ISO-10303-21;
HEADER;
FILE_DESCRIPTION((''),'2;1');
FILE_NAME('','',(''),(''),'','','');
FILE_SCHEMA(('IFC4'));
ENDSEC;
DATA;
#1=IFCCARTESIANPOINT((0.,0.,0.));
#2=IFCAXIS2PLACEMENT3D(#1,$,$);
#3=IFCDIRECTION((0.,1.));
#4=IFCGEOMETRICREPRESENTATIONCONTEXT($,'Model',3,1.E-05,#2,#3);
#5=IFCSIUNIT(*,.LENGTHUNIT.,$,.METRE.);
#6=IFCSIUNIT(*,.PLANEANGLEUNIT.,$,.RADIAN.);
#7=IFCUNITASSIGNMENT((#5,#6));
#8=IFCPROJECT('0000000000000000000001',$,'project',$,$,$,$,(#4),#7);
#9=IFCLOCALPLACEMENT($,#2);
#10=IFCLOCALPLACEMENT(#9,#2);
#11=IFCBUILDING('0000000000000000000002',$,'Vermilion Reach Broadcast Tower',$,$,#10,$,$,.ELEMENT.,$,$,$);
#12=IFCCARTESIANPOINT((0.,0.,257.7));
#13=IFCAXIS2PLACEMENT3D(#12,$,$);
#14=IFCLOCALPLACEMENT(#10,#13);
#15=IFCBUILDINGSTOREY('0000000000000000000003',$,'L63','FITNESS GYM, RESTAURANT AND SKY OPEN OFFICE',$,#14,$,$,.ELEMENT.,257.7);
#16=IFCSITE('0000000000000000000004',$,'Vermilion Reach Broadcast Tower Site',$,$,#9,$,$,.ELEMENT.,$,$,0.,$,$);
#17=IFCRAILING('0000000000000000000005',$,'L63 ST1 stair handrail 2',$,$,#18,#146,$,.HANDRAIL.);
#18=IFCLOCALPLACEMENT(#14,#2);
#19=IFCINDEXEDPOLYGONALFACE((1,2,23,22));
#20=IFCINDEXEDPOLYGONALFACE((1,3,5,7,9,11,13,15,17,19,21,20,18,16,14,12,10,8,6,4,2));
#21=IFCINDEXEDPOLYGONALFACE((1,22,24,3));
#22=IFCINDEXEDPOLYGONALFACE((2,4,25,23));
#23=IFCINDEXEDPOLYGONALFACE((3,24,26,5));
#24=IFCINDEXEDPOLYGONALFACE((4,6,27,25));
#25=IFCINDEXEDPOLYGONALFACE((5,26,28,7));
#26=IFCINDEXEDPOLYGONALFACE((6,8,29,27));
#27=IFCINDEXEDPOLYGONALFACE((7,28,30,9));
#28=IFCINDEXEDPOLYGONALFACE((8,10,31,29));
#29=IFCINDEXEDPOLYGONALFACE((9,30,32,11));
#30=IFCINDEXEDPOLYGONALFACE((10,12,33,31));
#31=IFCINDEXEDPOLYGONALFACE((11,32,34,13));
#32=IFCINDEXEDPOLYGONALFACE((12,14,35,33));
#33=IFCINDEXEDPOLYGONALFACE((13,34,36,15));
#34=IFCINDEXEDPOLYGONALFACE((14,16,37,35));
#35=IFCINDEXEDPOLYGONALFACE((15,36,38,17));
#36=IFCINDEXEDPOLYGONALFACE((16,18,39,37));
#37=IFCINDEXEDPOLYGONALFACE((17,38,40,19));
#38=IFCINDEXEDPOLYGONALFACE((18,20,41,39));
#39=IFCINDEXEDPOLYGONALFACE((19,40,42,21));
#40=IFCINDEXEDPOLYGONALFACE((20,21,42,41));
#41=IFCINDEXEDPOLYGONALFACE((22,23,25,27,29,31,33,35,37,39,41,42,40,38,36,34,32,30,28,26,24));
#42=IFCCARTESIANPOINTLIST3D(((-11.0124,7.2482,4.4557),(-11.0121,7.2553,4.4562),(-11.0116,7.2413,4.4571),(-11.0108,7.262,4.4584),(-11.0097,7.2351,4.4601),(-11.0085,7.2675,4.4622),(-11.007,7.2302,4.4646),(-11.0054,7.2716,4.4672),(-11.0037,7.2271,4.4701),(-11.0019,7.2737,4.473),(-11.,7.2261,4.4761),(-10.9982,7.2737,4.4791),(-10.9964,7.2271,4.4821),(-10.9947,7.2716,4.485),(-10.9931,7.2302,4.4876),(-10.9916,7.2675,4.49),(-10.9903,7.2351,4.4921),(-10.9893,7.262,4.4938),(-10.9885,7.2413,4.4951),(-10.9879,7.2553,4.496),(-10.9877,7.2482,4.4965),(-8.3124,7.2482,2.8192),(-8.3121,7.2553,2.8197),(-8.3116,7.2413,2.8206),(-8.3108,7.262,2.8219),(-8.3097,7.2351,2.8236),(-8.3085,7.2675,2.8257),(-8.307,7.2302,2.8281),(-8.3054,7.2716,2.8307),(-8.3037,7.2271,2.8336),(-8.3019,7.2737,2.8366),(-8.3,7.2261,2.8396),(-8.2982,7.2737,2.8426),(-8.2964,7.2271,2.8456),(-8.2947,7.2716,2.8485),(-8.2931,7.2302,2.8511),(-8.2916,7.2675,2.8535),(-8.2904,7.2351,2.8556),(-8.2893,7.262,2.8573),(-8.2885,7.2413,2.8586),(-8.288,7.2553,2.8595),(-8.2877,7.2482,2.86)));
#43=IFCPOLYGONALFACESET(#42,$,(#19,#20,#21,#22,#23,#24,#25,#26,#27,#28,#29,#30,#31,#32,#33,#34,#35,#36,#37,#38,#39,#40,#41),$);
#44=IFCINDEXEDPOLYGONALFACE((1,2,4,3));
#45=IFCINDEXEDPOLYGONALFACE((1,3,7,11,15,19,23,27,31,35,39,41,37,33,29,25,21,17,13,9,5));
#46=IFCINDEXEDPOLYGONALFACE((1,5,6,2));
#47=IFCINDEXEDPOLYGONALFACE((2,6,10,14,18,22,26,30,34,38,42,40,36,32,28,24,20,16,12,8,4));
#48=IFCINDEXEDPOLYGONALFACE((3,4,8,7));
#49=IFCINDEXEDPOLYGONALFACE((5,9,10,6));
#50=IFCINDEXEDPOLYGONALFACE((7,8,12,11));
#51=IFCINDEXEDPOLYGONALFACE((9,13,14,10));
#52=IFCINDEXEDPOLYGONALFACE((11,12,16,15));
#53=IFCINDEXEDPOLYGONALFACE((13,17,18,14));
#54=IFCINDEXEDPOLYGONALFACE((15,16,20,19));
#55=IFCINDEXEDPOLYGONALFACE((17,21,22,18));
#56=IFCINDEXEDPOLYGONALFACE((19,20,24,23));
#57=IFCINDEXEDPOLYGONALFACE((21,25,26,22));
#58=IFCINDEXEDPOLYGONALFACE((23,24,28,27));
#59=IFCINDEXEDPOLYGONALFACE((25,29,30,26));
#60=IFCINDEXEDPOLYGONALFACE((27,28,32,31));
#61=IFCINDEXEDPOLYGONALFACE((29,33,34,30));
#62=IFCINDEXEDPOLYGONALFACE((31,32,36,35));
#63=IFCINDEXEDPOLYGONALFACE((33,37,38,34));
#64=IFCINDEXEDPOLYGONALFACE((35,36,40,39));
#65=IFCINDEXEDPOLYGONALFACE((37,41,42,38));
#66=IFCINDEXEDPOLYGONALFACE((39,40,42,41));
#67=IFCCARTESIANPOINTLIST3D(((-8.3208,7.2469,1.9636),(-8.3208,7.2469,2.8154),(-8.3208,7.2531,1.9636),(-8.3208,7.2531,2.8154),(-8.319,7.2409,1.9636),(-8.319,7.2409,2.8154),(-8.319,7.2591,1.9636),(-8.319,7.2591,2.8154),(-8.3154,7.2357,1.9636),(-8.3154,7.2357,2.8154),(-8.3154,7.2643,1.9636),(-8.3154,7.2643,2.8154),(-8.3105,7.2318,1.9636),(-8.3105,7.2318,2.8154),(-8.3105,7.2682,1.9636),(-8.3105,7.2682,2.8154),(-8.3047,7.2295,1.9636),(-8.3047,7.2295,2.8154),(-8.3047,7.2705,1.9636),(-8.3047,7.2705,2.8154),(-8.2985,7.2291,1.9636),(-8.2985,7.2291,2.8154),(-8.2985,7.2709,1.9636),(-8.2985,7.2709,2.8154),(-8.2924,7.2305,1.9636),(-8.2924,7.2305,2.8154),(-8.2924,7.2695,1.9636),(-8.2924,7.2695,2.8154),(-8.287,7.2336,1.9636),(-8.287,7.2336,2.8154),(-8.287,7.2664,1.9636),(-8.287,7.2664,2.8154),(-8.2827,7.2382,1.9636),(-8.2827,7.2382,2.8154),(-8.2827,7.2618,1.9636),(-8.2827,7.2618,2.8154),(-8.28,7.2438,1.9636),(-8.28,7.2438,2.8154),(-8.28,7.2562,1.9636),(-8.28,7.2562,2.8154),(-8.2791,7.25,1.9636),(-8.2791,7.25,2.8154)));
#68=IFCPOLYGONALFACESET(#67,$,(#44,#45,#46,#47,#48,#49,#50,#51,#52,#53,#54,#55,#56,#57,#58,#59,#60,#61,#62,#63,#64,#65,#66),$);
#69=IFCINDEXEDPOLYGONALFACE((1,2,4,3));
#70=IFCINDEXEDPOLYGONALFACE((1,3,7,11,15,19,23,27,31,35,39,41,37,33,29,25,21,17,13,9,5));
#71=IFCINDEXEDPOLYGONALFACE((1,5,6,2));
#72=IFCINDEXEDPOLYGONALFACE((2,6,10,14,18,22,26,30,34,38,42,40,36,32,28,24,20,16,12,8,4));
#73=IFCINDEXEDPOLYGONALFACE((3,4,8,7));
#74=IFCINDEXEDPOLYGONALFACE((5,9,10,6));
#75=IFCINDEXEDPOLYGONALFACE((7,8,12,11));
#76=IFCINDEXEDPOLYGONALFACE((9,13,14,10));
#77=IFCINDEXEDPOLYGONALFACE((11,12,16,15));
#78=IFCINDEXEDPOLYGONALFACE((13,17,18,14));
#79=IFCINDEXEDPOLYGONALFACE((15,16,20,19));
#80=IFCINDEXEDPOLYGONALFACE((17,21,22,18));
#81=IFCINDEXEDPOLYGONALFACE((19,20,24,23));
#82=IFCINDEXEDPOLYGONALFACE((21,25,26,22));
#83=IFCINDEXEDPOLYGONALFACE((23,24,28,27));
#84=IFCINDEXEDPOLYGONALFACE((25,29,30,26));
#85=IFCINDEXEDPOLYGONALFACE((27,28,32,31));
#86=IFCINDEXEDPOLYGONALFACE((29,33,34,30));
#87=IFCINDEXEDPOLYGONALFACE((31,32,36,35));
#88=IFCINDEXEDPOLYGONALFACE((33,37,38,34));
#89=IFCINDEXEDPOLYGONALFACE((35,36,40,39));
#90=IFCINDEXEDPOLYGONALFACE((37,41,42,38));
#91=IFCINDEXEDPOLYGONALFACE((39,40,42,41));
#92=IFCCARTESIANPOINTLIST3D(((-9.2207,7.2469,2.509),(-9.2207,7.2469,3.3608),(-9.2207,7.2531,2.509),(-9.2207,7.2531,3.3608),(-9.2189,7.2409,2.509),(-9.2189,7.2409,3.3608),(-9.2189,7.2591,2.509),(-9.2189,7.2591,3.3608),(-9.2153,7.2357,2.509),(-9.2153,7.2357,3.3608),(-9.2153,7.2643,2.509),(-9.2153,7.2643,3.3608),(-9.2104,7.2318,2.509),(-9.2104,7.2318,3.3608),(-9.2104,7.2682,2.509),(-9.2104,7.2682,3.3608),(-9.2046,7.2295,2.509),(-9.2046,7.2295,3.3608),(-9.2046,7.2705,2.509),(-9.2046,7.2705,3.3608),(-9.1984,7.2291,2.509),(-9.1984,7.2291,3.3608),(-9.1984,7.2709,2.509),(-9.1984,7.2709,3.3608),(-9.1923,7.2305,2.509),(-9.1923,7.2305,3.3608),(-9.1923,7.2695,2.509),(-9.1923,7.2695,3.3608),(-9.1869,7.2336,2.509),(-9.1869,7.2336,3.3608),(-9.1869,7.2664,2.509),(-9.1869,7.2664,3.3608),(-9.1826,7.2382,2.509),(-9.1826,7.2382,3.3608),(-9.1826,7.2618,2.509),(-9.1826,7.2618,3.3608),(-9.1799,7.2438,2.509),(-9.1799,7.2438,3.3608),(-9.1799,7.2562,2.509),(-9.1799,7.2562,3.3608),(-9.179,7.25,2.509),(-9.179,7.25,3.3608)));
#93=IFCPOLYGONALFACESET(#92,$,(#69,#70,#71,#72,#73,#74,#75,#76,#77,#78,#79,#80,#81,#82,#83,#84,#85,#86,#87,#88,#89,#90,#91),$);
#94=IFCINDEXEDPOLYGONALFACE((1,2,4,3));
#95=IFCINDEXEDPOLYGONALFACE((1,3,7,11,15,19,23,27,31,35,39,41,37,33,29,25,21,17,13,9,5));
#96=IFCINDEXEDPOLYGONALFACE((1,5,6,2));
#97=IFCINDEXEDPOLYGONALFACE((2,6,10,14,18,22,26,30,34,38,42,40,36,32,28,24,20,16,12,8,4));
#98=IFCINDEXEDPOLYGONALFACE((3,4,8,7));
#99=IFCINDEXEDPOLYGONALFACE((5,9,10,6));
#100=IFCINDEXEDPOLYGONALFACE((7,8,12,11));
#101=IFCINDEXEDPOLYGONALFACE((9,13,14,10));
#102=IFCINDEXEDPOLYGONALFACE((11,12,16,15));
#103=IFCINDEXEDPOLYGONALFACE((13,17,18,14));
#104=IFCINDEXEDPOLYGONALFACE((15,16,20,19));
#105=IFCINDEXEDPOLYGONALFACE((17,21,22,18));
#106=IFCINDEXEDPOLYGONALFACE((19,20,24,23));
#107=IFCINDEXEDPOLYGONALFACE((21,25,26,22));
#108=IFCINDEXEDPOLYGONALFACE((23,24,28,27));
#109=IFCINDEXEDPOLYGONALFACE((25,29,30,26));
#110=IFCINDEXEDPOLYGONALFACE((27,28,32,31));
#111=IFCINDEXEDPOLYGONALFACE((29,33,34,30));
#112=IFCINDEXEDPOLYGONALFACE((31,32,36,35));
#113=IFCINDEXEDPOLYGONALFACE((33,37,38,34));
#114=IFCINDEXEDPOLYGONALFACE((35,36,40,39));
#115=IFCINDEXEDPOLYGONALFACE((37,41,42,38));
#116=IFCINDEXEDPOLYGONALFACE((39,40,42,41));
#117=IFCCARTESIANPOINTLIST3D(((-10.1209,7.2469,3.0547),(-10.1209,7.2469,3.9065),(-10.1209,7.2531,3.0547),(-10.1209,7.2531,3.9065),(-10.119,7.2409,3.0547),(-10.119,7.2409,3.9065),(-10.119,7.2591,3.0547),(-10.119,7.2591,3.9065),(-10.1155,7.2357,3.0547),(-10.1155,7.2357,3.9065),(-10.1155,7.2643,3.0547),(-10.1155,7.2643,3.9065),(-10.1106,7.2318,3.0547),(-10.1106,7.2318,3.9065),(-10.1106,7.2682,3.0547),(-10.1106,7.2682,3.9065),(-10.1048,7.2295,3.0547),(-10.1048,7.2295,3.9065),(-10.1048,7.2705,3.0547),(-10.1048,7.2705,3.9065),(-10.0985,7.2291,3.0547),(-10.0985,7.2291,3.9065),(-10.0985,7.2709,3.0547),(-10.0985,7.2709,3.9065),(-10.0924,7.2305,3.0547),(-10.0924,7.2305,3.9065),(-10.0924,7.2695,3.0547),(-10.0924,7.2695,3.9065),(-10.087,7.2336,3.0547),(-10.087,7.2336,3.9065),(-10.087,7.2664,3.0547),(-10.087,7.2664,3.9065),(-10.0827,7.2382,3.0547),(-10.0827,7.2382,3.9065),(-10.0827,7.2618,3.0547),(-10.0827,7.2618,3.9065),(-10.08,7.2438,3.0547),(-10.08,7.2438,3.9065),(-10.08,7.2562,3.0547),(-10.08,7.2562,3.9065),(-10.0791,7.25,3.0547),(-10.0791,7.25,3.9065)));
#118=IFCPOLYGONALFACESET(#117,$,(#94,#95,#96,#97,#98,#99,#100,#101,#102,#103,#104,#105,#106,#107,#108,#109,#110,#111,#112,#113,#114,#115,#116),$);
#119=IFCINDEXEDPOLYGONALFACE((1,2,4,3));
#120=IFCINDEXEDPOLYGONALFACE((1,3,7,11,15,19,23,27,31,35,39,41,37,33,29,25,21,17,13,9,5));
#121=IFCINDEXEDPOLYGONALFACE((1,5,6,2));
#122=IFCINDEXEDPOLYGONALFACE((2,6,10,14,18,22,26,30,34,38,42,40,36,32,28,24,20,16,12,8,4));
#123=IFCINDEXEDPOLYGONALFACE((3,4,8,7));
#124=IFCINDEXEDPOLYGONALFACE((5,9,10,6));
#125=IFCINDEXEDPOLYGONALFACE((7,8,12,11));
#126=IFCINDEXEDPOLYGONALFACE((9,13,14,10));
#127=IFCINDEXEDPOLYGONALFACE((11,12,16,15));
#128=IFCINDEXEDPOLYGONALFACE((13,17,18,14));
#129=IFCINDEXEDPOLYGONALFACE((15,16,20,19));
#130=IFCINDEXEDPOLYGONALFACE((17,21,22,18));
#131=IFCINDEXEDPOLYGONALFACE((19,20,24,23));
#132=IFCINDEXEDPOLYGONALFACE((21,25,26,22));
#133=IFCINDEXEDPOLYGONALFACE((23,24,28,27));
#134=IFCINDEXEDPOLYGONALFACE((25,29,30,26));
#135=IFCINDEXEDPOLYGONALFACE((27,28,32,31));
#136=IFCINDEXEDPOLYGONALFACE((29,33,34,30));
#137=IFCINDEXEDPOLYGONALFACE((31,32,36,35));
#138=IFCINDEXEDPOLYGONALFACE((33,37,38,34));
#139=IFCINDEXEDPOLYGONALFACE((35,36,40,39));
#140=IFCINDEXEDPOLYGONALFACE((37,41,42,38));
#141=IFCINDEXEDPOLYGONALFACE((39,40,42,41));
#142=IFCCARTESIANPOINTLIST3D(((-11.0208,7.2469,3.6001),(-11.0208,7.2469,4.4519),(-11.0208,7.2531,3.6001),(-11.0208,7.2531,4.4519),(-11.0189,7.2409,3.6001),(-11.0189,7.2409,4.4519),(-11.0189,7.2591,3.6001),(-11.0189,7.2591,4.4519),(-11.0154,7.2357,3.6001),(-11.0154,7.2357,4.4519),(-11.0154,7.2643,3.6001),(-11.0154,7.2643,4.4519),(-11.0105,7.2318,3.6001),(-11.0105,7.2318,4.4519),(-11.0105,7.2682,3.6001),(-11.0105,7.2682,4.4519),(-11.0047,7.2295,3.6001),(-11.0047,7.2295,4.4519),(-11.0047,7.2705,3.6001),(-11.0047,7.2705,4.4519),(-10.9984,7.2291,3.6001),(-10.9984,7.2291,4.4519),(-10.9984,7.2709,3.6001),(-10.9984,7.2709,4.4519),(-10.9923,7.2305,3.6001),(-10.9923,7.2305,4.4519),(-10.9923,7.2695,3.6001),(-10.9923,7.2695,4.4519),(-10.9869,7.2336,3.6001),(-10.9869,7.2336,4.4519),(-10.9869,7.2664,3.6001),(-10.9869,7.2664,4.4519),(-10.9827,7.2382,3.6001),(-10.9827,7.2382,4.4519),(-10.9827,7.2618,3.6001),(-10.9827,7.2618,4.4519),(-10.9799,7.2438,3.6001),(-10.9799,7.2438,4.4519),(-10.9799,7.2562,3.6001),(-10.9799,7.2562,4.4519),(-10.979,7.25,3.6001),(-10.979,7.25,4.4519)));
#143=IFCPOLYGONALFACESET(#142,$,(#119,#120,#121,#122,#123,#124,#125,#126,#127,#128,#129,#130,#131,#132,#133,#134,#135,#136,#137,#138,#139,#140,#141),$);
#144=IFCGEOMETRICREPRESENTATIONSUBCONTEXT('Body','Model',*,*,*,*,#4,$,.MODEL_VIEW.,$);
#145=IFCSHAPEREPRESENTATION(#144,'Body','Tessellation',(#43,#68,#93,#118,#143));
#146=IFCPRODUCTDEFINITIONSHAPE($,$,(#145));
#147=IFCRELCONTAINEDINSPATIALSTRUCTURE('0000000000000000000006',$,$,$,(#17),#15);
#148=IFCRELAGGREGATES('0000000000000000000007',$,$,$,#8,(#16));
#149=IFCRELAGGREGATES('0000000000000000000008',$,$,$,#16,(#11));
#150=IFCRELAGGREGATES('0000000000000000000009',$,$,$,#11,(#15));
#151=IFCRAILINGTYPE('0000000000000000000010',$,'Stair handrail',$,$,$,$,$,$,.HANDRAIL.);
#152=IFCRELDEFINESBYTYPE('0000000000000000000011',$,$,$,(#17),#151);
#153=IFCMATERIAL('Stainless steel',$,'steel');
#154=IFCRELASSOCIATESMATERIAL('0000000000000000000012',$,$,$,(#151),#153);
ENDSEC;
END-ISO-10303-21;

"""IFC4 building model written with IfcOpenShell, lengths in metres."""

from ifc_helpers import new_model, si_unit, direction, frame, origin, origin_2d, place, context, subcontext, project, spatial, circle, extrude, material, type_object, element, save


model = new_model("IFC4")

# Units and contexts
model_context = context("Model", 3, precision=1e-05, world=origin(), true_north=direction((0.0, 1.0)))
body_context = subcontext(model_context, "Body", "Model", "MODEL_VIEW")
ifc_project = project(units=[si_unit("LENGTHUNIT", "METRE"), si_unit("PLANEANGLEUNIT", "RADIAN")], contexts=[model_context])

# Site, building, storey
site_placement = place(None, origin())
site = spatial("IfcSite", under=ifc_project, at=site_placement, Name="Vermilion Reach Broadcast Tower Site", CompositionType="ELEMENT", RefElevation=0.0)
building_placement = place(site_placement, origin())
building = spatial("IfcBuilding", under=site, at=building_placement, Name="Vermilion Reach Broadcast Tower", CompositionType="ELEMENT")
storey_placement = place(building_placement, frame((0.0, 0.0, 257.7)))
storey = spatial("IfcBuildingStorey", under=building, at=storey_placement, Name="L63", Description="FITNESS GYM, RESTAURANT AND SKY OPEN OFFICE", CompositionType="ELEMENT", Elevation=257.7)

# Railing
ifc_material_1 = material(Name="Stainless steel", Category="steel")
railing_type_1 = type_object("IfcRailingType", Name="Stair handrail", PredefinedType="HANDRAIL", material=ifc_material_1)
railing_1_placement = place(storey_placement, frame((-8.3, 7.25, 1.9636)))
element("IfcRailing", 1, at=railing_1_placement, inside=storey, type_object=railing_type_1, Name="L63 ST1 stair handrail 2", PredefinedType="HANDRAIL", context=body_context, shape_type="SweptSolid", body=[
    extrude(circle(Radius=0.0239, at=origin_2d()), frame((0.0, 0.0, 0.876), z_axis=(-0.855178, 0.0, 0.518334), x_axis=(0.0, -1.0, 0.0)), (0.0, 0.0, 1.0), 3.1572),
    extrude(circle(Radius=0.021, at=origin_2d()), origin(), (0.0, 0.0, 1.0), 0.8518),
    extrude(circle(Radius=0.021, at=origin_2d()), frame((-0.8999, 0.0, 0.5454)), (0.0, 0.0, 1.0), 0.8518),
    extrude(circle(Radius=0.021, at=origin_2d()), frame((-1.8, 0.0, 1.0911)), (0.0, 0.0, 1.0), 0.8518),
    extrude(circle(Radius=0.021, at=origin_2d()), frame((-2.7, 0.0, 1.6365)), (0.0, 0.0, 1.0), 0.8518),
])

save(model, "model.ifc")
